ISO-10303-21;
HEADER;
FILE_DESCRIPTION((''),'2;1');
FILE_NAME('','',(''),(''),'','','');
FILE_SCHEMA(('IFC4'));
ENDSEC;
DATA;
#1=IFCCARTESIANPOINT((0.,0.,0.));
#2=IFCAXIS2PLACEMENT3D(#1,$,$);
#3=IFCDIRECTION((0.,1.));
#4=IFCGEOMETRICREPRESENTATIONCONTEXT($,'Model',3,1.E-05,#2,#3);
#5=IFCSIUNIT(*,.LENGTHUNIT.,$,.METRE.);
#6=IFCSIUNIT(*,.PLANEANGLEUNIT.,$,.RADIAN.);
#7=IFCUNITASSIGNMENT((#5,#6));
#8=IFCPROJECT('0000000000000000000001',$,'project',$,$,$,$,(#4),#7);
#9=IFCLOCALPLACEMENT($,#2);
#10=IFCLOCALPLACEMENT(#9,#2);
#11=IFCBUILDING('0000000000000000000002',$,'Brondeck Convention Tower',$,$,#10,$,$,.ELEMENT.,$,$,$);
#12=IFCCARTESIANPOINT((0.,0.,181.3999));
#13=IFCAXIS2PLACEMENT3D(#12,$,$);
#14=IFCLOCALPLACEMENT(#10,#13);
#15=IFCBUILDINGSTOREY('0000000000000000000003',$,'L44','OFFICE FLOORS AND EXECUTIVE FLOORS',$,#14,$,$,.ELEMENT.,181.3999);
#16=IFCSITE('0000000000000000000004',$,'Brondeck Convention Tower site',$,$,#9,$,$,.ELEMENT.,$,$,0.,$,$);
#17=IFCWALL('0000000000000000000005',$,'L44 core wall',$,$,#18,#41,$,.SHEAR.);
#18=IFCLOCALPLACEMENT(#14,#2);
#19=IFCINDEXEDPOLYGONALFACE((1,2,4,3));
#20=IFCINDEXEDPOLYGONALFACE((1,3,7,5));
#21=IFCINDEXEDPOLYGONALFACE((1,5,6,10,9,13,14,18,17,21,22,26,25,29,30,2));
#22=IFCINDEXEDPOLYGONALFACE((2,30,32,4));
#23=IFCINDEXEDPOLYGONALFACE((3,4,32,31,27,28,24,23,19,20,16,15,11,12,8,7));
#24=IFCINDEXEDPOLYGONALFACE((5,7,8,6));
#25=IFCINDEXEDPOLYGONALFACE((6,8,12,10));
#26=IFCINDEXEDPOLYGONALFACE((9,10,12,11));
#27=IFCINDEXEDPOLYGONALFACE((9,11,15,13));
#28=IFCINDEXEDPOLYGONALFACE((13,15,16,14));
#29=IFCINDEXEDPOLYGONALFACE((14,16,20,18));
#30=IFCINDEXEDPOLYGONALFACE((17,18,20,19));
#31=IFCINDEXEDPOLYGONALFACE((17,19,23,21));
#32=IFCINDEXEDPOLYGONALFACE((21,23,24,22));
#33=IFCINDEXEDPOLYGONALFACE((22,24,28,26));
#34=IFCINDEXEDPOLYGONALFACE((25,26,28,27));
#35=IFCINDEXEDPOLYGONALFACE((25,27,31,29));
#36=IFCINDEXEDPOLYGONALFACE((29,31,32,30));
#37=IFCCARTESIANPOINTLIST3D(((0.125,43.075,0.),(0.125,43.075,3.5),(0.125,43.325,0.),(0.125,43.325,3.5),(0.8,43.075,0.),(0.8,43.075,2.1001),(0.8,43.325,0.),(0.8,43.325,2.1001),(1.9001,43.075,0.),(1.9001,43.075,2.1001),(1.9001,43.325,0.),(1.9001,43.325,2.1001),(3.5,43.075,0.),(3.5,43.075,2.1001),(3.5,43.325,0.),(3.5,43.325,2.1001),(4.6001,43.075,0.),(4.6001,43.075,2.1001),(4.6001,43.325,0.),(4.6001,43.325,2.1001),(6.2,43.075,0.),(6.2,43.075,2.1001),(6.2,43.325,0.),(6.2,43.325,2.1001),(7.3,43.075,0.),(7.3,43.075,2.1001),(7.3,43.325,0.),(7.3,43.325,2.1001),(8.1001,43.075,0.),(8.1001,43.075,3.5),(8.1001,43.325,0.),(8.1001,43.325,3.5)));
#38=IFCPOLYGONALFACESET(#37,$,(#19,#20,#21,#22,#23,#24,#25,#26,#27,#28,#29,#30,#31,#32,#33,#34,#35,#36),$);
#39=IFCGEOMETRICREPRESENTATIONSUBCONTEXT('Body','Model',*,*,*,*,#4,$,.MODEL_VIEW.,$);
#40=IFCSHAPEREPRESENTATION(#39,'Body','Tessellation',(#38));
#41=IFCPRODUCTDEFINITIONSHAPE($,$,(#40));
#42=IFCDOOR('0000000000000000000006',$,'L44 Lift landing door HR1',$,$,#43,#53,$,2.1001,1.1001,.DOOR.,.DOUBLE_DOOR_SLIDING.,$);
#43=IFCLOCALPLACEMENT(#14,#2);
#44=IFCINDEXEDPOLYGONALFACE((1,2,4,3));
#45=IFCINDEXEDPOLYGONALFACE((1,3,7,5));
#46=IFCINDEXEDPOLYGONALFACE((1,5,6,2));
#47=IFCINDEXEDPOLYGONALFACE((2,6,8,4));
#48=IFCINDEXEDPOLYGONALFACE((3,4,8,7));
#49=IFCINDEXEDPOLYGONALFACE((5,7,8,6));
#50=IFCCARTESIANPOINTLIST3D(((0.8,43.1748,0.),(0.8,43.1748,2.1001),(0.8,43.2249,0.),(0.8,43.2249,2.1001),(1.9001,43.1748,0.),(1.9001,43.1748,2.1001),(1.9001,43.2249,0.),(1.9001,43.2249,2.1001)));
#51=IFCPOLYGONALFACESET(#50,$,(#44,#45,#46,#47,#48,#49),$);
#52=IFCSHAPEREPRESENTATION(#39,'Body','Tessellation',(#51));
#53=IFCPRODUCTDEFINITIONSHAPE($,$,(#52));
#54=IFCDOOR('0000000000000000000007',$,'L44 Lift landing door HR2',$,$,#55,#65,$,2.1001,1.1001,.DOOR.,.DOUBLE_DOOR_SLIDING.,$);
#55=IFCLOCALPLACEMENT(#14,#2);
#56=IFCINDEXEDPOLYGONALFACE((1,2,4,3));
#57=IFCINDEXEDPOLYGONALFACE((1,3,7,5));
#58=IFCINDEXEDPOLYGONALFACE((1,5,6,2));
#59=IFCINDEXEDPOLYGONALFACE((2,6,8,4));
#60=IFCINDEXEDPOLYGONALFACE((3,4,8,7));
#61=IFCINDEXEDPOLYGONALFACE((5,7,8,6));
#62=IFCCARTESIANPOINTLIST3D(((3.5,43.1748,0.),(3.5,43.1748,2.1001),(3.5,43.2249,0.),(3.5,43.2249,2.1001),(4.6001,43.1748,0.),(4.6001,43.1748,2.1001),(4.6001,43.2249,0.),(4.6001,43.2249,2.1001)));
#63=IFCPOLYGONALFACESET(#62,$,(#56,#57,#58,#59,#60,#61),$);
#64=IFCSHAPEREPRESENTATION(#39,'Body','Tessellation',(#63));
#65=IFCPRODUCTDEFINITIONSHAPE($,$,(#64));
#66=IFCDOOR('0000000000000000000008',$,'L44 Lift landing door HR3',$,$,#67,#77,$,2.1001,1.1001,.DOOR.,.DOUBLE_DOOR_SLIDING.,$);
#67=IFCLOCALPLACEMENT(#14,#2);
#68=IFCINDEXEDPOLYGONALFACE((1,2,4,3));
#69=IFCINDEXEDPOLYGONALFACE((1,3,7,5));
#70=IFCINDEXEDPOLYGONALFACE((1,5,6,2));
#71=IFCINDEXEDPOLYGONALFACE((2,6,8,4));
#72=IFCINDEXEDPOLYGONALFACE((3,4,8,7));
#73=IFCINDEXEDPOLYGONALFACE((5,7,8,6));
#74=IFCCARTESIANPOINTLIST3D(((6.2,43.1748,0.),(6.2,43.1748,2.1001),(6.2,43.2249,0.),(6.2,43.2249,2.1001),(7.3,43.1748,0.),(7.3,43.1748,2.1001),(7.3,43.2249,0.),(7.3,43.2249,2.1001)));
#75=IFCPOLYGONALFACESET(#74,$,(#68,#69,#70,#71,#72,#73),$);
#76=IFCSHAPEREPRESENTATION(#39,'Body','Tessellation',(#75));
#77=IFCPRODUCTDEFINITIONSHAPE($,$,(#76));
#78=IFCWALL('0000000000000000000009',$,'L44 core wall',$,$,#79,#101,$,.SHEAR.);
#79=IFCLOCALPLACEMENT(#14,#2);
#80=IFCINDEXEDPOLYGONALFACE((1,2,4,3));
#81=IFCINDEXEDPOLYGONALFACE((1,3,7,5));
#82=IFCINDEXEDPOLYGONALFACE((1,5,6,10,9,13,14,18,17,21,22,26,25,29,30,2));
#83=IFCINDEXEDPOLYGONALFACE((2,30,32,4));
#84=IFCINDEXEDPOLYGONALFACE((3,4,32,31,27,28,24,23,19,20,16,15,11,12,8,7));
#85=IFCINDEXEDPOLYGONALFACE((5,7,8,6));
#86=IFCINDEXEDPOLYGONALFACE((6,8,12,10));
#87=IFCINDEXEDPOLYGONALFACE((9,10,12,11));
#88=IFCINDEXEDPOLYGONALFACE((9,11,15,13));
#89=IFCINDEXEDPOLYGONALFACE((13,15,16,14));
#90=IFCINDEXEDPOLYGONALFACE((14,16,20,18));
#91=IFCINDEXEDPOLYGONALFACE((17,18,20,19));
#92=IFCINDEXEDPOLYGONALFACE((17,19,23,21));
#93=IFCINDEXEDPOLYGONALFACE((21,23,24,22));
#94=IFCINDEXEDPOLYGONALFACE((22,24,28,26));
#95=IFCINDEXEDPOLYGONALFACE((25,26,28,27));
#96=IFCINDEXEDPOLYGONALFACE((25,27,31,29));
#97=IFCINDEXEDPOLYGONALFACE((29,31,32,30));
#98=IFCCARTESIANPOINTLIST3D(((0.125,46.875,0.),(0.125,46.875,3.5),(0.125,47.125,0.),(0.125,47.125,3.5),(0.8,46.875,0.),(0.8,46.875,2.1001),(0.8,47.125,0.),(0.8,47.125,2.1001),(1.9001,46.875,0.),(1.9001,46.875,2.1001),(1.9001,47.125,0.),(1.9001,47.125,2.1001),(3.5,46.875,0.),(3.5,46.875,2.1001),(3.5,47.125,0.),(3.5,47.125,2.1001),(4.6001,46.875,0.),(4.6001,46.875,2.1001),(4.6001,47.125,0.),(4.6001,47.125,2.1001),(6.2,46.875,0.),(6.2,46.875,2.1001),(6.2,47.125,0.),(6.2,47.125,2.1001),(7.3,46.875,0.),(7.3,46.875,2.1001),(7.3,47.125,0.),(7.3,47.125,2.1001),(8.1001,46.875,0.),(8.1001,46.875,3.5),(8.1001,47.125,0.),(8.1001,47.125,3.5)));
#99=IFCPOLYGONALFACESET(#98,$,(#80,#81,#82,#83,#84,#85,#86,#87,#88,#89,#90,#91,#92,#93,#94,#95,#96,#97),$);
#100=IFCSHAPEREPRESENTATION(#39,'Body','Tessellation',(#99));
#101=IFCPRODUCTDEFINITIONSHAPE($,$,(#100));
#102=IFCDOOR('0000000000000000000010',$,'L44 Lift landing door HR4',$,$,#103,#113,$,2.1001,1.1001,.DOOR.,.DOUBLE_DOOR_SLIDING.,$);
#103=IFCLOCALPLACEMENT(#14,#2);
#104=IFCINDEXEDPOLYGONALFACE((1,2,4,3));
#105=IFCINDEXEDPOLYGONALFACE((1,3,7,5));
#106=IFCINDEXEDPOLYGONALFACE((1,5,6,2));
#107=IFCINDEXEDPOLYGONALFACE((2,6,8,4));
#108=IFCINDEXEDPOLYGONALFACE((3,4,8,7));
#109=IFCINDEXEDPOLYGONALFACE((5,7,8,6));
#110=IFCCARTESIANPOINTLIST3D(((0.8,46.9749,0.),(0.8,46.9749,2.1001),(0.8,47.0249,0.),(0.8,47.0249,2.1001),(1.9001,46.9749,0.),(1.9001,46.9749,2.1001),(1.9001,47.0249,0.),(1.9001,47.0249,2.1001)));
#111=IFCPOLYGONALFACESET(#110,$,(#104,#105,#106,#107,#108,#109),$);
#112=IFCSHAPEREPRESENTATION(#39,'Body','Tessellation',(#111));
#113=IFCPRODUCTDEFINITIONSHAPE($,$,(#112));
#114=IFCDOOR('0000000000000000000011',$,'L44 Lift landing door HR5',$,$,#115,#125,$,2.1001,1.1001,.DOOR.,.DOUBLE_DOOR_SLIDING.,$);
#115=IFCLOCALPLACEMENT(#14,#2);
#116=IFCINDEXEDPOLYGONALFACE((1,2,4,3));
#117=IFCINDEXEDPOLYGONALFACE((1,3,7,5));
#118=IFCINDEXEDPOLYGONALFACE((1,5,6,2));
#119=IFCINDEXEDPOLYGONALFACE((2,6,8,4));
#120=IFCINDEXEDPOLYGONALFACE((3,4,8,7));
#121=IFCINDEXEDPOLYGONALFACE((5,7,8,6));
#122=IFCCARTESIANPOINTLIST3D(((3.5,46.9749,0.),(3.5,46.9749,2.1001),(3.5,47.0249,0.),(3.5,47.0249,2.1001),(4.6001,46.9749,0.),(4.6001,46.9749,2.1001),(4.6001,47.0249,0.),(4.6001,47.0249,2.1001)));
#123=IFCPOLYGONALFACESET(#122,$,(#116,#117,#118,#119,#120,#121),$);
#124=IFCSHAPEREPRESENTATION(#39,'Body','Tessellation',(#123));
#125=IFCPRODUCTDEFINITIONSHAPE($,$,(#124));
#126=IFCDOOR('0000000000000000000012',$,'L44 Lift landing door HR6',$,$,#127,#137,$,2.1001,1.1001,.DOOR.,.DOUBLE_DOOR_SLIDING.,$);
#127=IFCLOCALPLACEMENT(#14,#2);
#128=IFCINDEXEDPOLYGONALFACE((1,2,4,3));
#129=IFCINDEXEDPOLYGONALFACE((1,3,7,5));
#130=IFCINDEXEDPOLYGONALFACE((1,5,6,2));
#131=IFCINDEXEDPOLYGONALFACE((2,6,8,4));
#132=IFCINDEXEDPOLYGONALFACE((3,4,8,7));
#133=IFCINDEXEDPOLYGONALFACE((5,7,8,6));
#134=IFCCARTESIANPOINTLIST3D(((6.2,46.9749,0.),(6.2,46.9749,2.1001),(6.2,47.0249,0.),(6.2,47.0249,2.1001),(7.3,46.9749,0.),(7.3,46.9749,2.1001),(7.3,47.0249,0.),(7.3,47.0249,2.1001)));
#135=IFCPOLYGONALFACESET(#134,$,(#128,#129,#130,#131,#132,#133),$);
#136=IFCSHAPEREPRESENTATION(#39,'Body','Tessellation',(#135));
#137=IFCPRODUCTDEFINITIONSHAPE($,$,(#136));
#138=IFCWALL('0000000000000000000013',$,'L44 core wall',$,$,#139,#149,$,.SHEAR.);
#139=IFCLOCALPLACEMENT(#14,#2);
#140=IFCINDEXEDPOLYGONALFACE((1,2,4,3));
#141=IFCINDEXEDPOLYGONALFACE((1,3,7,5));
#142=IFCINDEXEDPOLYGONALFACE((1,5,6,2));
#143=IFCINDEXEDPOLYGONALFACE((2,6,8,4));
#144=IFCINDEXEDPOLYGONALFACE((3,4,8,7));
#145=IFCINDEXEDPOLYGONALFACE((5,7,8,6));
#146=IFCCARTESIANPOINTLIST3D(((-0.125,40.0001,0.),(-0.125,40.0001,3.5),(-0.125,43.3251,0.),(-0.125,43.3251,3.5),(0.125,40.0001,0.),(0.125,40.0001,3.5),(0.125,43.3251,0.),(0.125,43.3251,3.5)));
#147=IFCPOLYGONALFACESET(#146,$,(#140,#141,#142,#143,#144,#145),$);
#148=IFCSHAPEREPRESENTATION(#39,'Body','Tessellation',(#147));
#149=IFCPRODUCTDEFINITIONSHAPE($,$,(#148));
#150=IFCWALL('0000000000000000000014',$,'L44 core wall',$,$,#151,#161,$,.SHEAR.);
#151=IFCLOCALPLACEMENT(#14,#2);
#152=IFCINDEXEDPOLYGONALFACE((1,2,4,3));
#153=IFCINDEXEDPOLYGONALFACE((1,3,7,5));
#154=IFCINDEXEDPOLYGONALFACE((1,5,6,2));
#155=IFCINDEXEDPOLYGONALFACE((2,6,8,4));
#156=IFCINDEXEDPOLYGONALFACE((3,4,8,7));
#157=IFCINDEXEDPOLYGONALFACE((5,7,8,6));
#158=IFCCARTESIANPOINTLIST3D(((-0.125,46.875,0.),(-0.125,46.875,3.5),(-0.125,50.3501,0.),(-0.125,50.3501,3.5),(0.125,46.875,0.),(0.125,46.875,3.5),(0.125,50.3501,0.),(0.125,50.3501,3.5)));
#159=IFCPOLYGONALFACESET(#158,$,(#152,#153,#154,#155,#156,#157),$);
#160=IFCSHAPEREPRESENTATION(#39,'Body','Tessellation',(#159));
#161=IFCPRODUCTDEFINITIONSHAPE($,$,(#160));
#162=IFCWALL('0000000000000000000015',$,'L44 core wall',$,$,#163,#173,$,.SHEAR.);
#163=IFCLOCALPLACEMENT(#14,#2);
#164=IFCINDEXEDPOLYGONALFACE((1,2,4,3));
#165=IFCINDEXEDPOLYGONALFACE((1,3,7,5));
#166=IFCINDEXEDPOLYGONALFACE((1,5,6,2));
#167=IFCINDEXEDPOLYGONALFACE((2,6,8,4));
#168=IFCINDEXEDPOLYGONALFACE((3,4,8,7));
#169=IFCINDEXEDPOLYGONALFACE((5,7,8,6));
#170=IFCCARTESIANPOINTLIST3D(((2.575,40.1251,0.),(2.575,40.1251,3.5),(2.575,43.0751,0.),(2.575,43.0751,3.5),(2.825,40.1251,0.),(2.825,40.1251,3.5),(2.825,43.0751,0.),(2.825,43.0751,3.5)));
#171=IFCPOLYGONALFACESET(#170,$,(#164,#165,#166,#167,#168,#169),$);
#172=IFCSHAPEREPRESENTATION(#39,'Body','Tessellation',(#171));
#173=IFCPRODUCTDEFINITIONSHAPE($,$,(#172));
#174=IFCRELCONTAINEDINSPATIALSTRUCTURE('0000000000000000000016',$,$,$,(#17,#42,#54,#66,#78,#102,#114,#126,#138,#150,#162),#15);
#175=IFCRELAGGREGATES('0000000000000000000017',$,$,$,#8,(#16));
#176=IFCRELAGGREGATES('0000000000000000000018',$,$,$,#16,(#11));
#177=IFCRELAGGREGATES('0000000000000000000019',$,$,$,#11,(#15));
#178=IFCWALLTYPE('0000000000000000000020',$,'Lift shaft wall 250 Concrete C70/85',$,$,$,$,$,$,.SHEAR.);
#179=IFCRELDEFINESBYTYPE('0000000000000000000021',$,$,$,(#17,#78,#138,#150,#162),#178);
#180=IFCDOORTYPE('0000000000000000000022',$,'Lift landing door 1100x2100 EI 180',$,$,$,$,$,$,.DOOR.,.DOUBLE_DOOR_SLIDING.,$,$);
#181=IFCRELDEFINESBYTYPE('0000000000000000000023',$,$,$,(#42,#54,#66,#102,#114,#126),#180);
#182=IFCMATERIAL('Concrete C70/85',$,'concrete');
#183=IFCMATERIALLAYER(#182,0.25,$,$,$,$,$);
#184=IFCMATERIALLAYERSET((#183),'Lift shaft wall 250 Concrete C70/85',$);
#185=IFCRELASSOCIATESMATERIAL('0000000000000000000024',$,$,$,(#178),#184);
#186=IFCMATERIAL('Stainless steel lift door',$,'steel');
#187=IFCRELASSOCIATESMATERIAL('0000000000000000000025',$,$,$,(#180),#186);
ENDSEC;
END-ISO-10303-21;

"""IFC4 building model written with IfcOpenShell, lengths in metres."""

from ifc_helpers import new_model, si_unit, direction, frame, frame_2d, origin, place, context, subcontext, project, spatial, rectangle, extrude, material, layer, layer_set, type_object, element, fill, save


model = new_model("IFC4")

# Units and contexts
model_context = context("Model", 3, precision=1e-05, world=origin(), true_north=direction((0.0, 1.0)))
body_context = subcontext(model_context, "Body", "Model", "MODEL_VIEW")
ifc_project = project(units=[si_unit("LENGTHUNIT", "METRE"), si_unit("PLANEANGLEUNIT", "RADIAN")], contexts=[model_context])

# Site, building, storey
site_placement = place(None, origin())
site = spatial("IfcSite", under=ifc_project, at=site_placement, Name="Brondeck Convention Tower site", CompositionType="ELEMENT", RefElevation=0.0)
building_placement = place(site_placement, origin())
building = spatial("IfcBuilding", under=site, at=building_placement, Name="Brondeck Convention Tower", CompositionType="ELEMENT")
storey_placement = place(building_placement, frame((0.0, 0.0, 181.3999)))
storey = spatial("IfcBuildingStorey", under=building, at=storey_placement, Name="L44", Description="OFFICE FLOORS AND EXECUTIVE FLOORS", CompositionType="ELEMENT", Elevation=181.3999)

# Shared definitions
ifc_material_1 = material(Name="Concrete C70/85", Category="concrete")

# Shared definitions
ifc_layer_1 = layer(ifc_material_1, 0.25)
ifc_layer_set_1 = layer_set([ifc_layer_1], Name="Lift shaft wall 250 Concrete C70/85")
wall_type_1 = type_object("IfcWallType", Name="Lift shaft wall 250 Concrete C70/85", PredefinedType="SHEAR", material=ifc_layer_set_1)

# Walls, openings, doors
wall_1_placement = place(storey_placement, frame((0.125, 43.2, 0.0), z_axis=(0.0, 0.0, 1.0), x_axis=(1.0, 0.0, 0.0)))
wall_1 = element("IfcWall", 1, at=wall_1_placement, inside=storey, type_object=wall_type_1, Name="L44 core wall", PredefinedType="SHEAR", context=body_context, shape_type="SweptSolid", body=[
    extrude(rectangle(XDim=7.9751, YDim=0.25, at=frame_2d((3.9875, 0.0))), origin(), (0.0, 0.0, 1.0), 3.5),
])
opening_1_placement = place(wall_1_placement, frame((0.675, 0.0, 0.0)))
opening_1 = element("IfcOpeningElement", 2, at=opening_1_placement, cuts=wall_1, PredefinedType="OPENING", context=body_context, shape_type="SweptSolid", body=[
    extrude(rectangle(XDim=1.1001, YDim=2.1001, at=frame_2d((0.55, 1.05))), frame((0.0, 0.135, 0.0), z_axis=(0.0, -1.0, 0.0), x_axis=(1.0, 0.0, 0.0)), (0.0, 0.0, 1.0), 0.27),
])
opening_2_placement = place(wall_1_placement, frame((3.375, 0.0, 0.0)))
opening_2 = element("IfcOpeningElement", 3, at=opening_2_placement, cuts=wall_1, PredefinedType="OPENING", context=body_context, shape_type="SweptSolid", body=[
    extrude(rectangle(XDim=1.1001, YDim=2.1001, at=frame_2d((0.55, 1.05))), frame((0.0, 0.135, 0.0), z_axis=(0.0, -1.0, 0.0), x_axis=(1.0, 0.0, 0.0)), (0.0, 0.0, 1.0), 0.27),
])
opening_3_placement = place(wall_1_placement, frame((6.075, 0.0, 0.0)))
opening_3 = element("IfcOpeningElement", 4, at=opening_3_placement, cuts=wall_1, PredefinedType="OPENING", context=body_context, shape_type="SweptSolid", body=[
    extrude(rectangle(XDim=1.1001, YDim=2.1001, at=frame_2d((0.55, 1.05))), frame((0.0, 0.135, 0.0), z_axis=(0.0, -1.0, 0.0), x_axis=(1.0, 0.0, 0.0)), (0.0, 0.0, 1.0), 0.27),
])
ifc_material_2 = material(Name="Stainless steel lift door", Category="steel")
door_type_1 = type_object("IfcDoorType", Name="Lift landing door 1100x2100 EI 180", OperationType="DOUBLE_DOOR_SLIDING", PredefinedType="DOOR", material=ifc_material_2)
door_1_placement = place(opening_1_placement, origin())
door_1 = element("IfcDoor", 5, at=door_1_placement, inside=storey, type_object=door_type_1, Name="L44 Lift landing door HR1", OperationType="DOUBLE_DOOR_SLIDING", OverallHeight=2.1001, OverallWidth=1.1001, PredefinedType="DOOR", context=body_context, shape_type="SweptSolid", body=[
    extrude(rectangle(XDim=1.1001, YDim=2.1001, at=frame_2d((0.55, 1.05))), frame((0.0, 0.0249, 0.0), z_axis=(0.0, -1.0, 0.0), x_axis=(1.0, 0.0, 0.0)), (0.0, 0.0, 1.0), 0.05),
])
fill(opening_1, door_1)
door_2_placement = place(opening_2_placement, origin())
door_2 = element("IfcDoor", 6, at=door_2_placement, inside=storey, type_object=door_type_1, Name="L44 Lift landing door HR2", OperationType="DOUBLE_DOOR_SLIDING", OverallHeight=2.1001, OverallWidth=1.1001, PredefinedType="DOOR", context=body_context, shape_type="SweptSolid", body=[
    extrude(rectangle(XDim=1.1001, YDim=2.1001, at=frame_2d((0.55, 1.05))), frame((0.0, 0.0249, 0.0), z_axis=(0.0, -1.0, 0.0), x_axis=(1.0, 0.0, 0.0)), (0.0, 0.0, 1.0), 0.05),
])
fill(opening_2, door_2)
door_3_placement = place(opening_3_placement, origin())
door_3 = element("IfcDoor", 7, at=door_3_placement, inside=storey, type_object=door_type_1, Name="L44 Lift landing door HR3", OperationType="DOUBLE_DOOR_SLIDING", OverallHeight=2.1001, OverallWidth=1.1001, PredefinedType="DOOR", context=body_context, shape_type="SweptSolid", body=[
    extrude(rectangle(XDim=1.1001, YDim=2.1001, at=frame_2d((0.55, 1.05))), frame((0.0, 0.0249, 0.0), z_axis=(0.0, -1.0, 0.0), x_axis=(1.0, 0.0, 0.0)), (0.0, 0.0, 1.0), 0.05),
])
fill(opening_3, door_3)
wall_2_placement = place(storey_placement, frame((0.125, 47.0, 0.0), z_axis=(0.0, 0.0, 1.0), x_axis=(1.0, 0.0, 0.0)))
wall_2 = element("IfcWall", 8, at=wall_2_placement, inside=storey, type_object=wall_type_1, Name="L44 core wall", PredefinedType="SHEAR", context=body_context, shape_type="SweptSolid", body=[
    extrude(rectangle(XDim=7.9751, YDim=0.25, at=frame_2d((3.9875, 0.0))), origin(), (0.0, 0.0, 1.0), 3.5),
])
opening_4_placement = place(wall_2_placement, frame((0.675, 0.0, 0.0)))
opening_4 = element("IfcOpeningElement", 9, at=opening_4_placement, cuts=wall_2, PredefinedType="OPENING", context=body_context, shape_type="SweptSolid", body=[
    extrude(rectangle(XDim=1.1001, YDim=2.1001, at=frame_2d((0.55, 1.05))), frame((0.0, 0.135, 0.0), z_axis=(0.0, -1.0, 0.0), x_axis=(1.0, 0.0, 0.0)), (0.0, 0.0, 1.0), 0.27),
])
opening_5_placement = place(wall_2_placement, frame((3.375, 0.0, 0.0)))
opening_5 = element("IfcOpeningElement", 10, at=opening_5_placement, cuts=wall_2, PredefinedType="OPENING", context=body_context, shape_type="SweptSolid", body=[
    extrude(rectangle(XDim=1.1001, YDim=2.1001, at=frame_2d((0.55, 1.05))), frame((0.0, 0.135, 0.0), z_axis=(0.0, -1.0, 0.0), x_axis=(1.0, 0.0, 0.0)), (0.0, 0.0, 1.0), 0.27),
])
opening_6_placement = place(wall_2_placement, frame((6.075, 0.0, 0.0)))
opening_6 = element("IfcOpeningElement", 11, at=opening_6_placement, cuts=wall_2, PredefinedType="OPENING", context=body_context, shape_type="SweptSolid", body=[
    extrude(rectangle(XDim=1.1001, YDim=2.1001, at=frame_2d((0.55, 1.05))), frame((0.0, 0.135, 0.0), z_axis=(0.0, -1.0, 0.0), x_axis=(1.0, 0.0, 0.0)), (0.0, 0.0, 1.0), 0.27),
])
door_4_placement = place(opening_4_placement, origin())
door_4 = element("IfcDoor", 12, at=door_4_placement, inside=storey, type_object=door_type_1, Name="L44 Lift landing door HR4", OperationType="DOUBLE_DOOR_SLIDING", OverallHeight=2.1001, OverallWidth=1.1001, PredefinedType="DOOR", context=body_context, shape_type="SweptSolid", body=[
    extrude(rectangle(XDim=1.1001, YDim=2.1001, at=frame_2d((0.55, 1.05))), frame((0.0, 0.0249, 0.0), z_axis=(0.0, -1.0, 0.0), x_axis=(1.0, 0.0, 0.0)), (0.0, 0.0, 1.0), 0.05),
])
fill(opening_4, door_4)
door_5_placement = place(opening_5_placement, origin())
door_5 = element("IfcDoor", 13, at=door_5_placement, inside=storey, type_object=door_type_1, Name="L44 Lift landing door HR5", OperationType="DOUBLE_DOOR_SLIDING", OverallHeight=2.1001, OverallWidth=1.1001, PredefinedType="DOOR", context=body_context, shape_type="SweptSolid", body=[
    extrude(rectangle(XDim=1.1001, YDim=2.1001, at=frame_2d((0.55, 1.05))), frame((0.0, 0.0249, 0.0), z_axis=(0.0, -1.0, 0.0), x_axis=(1.0, 0.0, 0.0)), (0.0, 0.0, 1.0), 0.05),
])
fill(opening_5, door_5)
door_6_placement = place(opening_6_placement, origin())
door_6 = element("IfcDoor", 14, at=door_6_placement, inside=storey, type_object=door_type_1, Name="L44 Lift landing door HR6", OperationType="DOUBLE_DOOR_SLIDING", OverallHeight=2.1001, OverallWidth=1.1001, PredefinedType="DOOR", context=body_context, shape_type="SweptSolid", body=[
    extrude(rectangle(XDim=1.1001, YDim=2.1001, at=frame_2d((0.55, 1.05))), frame((0.0, 0.0249, 0.0), z_axis=(0.0, -1.0, 0.0), x_axis=(1.0, 0.0, 0.0)), (0.0, 0.0, 1.0), 0.05),
])
fill(opening_6, door_6)

# Walls
wall_3_placement = place(storey_placement, frame((0.0, 40.0, 0.0), z_axis=(0.0, 0.0, 1.0), x_axis=(0.0, 1.0, 0.0)))
element("IfcWall", 15, at=wall_3_placement, inside=storey, type_object=wall_type_1, Name="L44 core wall", PredefinedType="SHEAR", context=body_context, shape_type="SweptSolid", body=[
    extrude(rectangle(XDim=3.325, YDim=0.25, at=frame_2d((1.6626, 0.0))), origin(), (0.0, 0.0, 1.0), 3.5),
])
wall_4_placement = place(storey_placement, frame((0.0, 46.875, 0.0), z_axis=(0.0, 0.0, 1.0), x_axis=(0.0, 1.0, 0.0)))
element("IfcWall", 16, at=wall_4_placement, inside=storey, type_object=wall_type_1, Name="L44 core wall", PredefinedType="SHEAR", context=body_context, shape_type="SweptSolid", body=[
    extrude(rectangle(XDim=3.4751, YDim=0.25, at=frame_2d((1.7375, 0.0))), origin(), (0.0, 0.0, 1.0), 3.5),
])
for number, where, z_axis, x_axis, name in (
    (17, (2.7, 40.125, 0.0), (0.0, 0.0, 1.0), (0.0, 1.0, 0.0), "L44 core wall"),
):
    element("IfcWall", number, at=place(storey_placement, frame(where, z_axis=z_axis, x_axis=x_axis)), inside=storey, type_object=wall_type_1, Name=name, PredefinedType="SHEAR", context=body_context, shape_type="SweptSolid", body=[
        extrude(rectangle(XDim=2.95, YDim=0.25, at=frame_2d((1.4751, 0.0))), origin(), (0.0, 0.0, 1.0), 3.5),
    ])

save(model, "model.ifc")
